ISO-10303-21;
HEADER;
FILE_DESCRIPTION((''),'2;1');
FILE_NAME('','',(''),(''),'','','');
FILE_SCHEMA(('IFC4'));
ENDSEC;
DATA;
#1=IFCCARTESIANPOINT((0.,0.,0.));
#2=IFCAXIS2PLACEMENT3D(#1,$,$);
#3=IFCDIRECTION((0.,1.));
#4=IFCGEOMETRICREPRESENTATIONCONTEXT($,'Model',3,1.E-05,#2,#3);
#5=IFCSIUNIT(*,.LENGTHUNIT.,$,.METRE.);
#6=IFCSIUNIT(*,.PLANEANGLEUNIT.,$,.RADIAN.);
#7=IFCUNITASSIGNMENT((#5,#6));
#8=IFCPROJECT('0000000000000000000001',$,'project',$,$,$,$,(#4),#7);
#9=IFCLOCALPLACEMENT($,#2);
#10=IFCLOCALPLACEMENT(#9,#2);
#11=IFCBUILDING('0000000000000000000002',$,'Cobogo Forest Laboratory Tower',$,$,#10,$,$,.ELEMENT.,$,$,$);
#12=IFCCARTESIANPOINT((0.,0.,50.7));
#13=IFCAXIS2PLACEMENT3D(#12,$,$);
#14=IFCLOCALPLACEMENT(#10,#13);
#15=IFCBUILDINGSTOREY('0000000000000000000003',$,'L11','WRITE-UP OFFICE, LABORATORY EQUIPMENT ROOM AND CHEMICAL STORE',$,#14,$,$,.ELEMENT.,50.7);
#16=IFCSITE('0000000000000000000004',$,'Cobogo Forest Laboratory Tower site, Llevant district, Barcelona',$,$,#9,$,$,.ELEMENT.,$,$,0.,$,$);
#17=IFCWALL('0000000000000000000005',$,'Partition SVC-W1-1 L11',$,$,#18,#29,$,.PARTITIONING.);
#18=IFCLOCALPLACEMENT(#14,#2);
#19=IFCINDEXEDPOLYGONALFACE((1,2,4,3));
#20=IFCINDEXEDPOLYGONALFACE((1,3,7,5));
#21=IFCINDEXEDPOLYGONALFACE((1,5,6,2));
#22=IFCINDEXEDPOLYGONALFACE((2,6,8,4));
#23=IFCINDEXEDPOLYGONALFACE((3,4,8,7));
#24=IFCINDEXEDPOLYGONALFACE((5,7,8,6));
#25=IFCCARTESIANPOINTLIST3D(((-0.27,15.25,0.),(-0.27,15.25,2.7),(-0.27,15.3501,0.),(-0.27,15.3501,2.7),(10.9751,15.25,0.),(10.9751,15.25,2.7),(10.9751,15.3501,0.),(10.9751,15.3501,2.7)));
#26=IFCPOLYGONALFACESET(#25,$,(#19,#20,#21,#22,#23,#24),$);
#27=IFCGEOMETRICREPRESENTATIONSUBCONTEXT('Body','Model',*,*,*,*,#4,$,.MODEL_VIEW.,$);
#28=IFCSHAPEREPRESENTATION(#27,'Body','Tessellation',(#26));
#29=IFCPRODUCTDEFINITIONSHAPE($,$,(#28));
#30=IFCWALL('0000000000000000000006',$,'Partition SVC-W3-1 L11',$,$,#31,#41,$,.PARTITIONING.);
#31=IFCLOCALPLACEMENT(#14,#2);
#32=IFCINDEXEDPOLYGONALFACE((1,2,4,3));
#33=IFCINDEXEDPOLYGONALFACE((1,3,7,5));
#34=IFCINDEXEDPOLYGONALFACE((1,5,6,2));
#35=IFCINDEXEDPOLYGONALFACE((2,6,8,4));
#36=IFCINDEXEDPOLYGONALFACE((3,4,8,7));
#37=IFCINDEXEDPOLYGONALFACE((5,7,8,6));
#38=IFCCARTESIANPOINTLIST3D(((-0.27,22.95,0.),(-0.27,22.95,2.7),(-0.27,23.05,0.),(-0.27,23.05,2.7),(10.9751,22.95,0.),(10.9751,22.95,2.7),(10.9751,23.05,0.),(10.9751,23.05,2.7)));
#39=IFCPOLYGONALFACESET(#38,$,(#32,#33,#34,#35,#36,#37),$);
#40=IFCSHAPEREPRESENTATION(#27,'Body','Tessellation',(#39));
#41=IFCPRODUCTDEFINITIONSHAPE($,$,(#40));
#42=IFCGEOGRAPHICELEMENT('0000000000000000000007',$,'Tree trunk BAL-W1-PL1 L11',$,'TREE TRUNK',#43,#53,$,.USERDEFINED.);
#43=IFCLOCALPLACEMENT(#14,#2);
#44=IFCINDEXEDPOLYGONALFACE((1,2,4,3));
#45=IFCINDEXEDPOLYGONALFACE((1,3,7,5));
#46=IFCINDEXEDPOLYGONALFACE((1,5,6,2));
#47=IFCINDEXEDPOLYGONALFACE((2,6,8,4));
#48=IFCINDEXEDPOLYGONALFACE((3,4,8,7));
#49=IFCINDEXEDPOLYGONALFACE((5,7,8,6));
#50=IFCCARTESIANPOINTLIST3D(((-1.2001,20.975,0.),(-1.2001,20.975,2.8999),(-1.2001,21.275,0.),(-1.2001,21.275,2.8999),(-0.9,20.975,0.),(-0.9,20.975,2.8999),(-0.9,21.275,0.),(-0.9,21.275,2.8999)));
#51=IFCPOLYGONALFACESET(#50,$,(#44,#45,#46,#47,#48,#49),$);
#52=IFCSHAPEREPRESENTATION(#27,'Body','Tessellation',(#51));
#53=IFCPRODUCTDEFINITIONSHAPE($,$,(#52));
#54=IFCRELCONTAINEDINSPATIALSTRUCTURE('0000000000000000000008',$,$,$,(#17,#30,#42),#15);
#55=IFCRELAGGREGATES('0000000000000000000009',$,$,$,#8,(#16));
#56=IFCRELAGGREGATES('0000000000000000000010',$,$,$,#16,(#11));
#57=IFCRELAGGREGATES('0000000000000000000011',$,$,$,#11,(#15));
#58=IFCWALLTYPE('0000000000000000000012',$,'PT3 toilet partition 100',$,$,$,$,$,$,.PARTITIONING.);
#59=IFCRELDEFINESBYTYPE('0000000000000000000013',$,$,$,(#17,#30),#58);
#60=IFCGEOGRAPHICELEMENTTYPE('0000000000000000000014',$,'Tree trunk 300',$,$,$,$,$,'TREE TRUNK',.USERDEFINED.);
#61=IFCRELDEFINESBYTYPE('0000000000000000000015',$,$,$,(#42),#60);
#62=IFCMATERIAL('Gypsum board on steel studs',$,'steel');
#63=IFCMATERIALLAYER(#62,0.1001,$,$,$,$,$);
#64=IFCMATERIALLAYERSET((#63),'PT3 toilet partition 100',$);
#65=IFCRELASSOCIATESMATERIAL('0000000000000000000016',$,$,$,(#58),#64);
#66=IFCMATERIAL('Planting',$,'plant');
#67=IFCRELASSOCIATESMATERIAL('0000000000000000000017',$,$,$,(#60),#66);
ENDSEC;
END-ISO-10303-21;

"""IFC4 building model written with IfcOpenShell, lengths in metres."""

from ifc_helpers import new_model, si_unit, direction, frame, frame_2d, origin, origin_2d, place, context, subcontext, project, spatial, rectangle, extrude, material, layer, layer_set, type_object, element, save


model = new_model("IFC4")

# Units and contexts
model_context = context("Model", 3, precision=1e-05, world=origin(), true_north=direction((0.0, 1.0)))
body_context = subcontext(model_context, "Body", "Model", "MODEL_VIEW")
ifc_project = project(units=[si_unit("LENGTHUNIT", "METRE"), si_unit("PLANEANGLEUNIT", "RADIAN")], contexts=[model_context])

# Site, building, storey
site_placement = place(None, origin())
site = spatial("IfcSite", under=ifc_project, at=site_placement, Name="Cobogo Forest Laboratory Tower site, Llevant district, Barcelona", CompositionType="ELEMENT", RefElevation=0.0)
building_placement = place(site_placement, origin())
building = spatial("IfcBuilding", under=site, at=building_placement, Name="Cobogo Forest Laboratory Tower", CompositionType="ELEMENT")
storey_placement = place(building_placement, frame((0.0, 0.0, 50.7)))
storey = spatial("IfcBuildingStorey", under=building, at=storey_placement, Name="L11", Description="WRITE-UP OFFICE, LABORATORY EQUIPMENT ROOM AND CHEMICAL STORE", CompositionType="ELEMENT", Elevation=50.7)

# Walls
ifc_material_1 = material(Name="Gypsum board on steel studs", Category="steel")
ifc_layer_1 = layer(ifc_material_1, 0.1001)
ifc_layer_set_1 = layer_set([ifc_layer_1], Name="PT3 toilet partition 100")
wall_type = type_object("IfcWallType", Name="PT3 toilet partition 100", PredefinedType="PARTITIONING", material=ifc_layer_set_1)
for number, where, z_axis, x_axis, name in (
    (1, (-0.27, 15.3, 0.0), (0.0, 0.0, 1.0), (1.0, 0.0, 0.0), "Partition SVC-W1-1 L11"),
    (2, (-0.27, 23.0, 0.0), (0.0, 0.0, 1.0), (1.0, 0.0, 0.0), "Partition SVC-W3-1 L11"),
):
    element("IfcWall", number, at=place(storey_placement, frame(where, z_axis=z_axis, x_axis=x_axis)), inside=storey, type_object=wall_type, Name=name, PredefinedType="PARTITIONING", context=body_context, shape_type="SweptSolid", body=[
        extrude(rectangle(XDim=11.2451, YDim=0.1001, at=frame_2d((5.6226, 0.0))), origin(), (0.0, 0.0, 1.0), 2.7),
    ])

# Geographic element
ifc_material_2 = material(Name="Planting", Category="plant")
geographic_element_type = type_object("IfcGeographicElementType", Name="Tree trunk 300", ElementType="TREE TRUNK", PredefinedType="USERDEFINED", material=ifc_material_2)
geographic_element_placement = place(storey_placement, frame((-1.05, 21.125, 0.0), z_axis=(0.0, 0.0, 1.0), x_axis=(1.0, 0.0, 0.0)))
element("IfcGeographicElement", 3, at=geographic_element_placement, inside=storey, type_object=geographic_element_type, Name="Tree trunk BAL-W1-PL1 L11", ObjectType="TREE TRUNK", PredefinedType="USERDEFINED", context=body_context, shape_type="SweptSolid", body=[
    extrude(rectangle(XDim=0.3, YDim=0.3, at=origin_2d()), origin(), (0.0, 0.0, 1.0), 2.8999),
])

save(model, "model.ifc")
